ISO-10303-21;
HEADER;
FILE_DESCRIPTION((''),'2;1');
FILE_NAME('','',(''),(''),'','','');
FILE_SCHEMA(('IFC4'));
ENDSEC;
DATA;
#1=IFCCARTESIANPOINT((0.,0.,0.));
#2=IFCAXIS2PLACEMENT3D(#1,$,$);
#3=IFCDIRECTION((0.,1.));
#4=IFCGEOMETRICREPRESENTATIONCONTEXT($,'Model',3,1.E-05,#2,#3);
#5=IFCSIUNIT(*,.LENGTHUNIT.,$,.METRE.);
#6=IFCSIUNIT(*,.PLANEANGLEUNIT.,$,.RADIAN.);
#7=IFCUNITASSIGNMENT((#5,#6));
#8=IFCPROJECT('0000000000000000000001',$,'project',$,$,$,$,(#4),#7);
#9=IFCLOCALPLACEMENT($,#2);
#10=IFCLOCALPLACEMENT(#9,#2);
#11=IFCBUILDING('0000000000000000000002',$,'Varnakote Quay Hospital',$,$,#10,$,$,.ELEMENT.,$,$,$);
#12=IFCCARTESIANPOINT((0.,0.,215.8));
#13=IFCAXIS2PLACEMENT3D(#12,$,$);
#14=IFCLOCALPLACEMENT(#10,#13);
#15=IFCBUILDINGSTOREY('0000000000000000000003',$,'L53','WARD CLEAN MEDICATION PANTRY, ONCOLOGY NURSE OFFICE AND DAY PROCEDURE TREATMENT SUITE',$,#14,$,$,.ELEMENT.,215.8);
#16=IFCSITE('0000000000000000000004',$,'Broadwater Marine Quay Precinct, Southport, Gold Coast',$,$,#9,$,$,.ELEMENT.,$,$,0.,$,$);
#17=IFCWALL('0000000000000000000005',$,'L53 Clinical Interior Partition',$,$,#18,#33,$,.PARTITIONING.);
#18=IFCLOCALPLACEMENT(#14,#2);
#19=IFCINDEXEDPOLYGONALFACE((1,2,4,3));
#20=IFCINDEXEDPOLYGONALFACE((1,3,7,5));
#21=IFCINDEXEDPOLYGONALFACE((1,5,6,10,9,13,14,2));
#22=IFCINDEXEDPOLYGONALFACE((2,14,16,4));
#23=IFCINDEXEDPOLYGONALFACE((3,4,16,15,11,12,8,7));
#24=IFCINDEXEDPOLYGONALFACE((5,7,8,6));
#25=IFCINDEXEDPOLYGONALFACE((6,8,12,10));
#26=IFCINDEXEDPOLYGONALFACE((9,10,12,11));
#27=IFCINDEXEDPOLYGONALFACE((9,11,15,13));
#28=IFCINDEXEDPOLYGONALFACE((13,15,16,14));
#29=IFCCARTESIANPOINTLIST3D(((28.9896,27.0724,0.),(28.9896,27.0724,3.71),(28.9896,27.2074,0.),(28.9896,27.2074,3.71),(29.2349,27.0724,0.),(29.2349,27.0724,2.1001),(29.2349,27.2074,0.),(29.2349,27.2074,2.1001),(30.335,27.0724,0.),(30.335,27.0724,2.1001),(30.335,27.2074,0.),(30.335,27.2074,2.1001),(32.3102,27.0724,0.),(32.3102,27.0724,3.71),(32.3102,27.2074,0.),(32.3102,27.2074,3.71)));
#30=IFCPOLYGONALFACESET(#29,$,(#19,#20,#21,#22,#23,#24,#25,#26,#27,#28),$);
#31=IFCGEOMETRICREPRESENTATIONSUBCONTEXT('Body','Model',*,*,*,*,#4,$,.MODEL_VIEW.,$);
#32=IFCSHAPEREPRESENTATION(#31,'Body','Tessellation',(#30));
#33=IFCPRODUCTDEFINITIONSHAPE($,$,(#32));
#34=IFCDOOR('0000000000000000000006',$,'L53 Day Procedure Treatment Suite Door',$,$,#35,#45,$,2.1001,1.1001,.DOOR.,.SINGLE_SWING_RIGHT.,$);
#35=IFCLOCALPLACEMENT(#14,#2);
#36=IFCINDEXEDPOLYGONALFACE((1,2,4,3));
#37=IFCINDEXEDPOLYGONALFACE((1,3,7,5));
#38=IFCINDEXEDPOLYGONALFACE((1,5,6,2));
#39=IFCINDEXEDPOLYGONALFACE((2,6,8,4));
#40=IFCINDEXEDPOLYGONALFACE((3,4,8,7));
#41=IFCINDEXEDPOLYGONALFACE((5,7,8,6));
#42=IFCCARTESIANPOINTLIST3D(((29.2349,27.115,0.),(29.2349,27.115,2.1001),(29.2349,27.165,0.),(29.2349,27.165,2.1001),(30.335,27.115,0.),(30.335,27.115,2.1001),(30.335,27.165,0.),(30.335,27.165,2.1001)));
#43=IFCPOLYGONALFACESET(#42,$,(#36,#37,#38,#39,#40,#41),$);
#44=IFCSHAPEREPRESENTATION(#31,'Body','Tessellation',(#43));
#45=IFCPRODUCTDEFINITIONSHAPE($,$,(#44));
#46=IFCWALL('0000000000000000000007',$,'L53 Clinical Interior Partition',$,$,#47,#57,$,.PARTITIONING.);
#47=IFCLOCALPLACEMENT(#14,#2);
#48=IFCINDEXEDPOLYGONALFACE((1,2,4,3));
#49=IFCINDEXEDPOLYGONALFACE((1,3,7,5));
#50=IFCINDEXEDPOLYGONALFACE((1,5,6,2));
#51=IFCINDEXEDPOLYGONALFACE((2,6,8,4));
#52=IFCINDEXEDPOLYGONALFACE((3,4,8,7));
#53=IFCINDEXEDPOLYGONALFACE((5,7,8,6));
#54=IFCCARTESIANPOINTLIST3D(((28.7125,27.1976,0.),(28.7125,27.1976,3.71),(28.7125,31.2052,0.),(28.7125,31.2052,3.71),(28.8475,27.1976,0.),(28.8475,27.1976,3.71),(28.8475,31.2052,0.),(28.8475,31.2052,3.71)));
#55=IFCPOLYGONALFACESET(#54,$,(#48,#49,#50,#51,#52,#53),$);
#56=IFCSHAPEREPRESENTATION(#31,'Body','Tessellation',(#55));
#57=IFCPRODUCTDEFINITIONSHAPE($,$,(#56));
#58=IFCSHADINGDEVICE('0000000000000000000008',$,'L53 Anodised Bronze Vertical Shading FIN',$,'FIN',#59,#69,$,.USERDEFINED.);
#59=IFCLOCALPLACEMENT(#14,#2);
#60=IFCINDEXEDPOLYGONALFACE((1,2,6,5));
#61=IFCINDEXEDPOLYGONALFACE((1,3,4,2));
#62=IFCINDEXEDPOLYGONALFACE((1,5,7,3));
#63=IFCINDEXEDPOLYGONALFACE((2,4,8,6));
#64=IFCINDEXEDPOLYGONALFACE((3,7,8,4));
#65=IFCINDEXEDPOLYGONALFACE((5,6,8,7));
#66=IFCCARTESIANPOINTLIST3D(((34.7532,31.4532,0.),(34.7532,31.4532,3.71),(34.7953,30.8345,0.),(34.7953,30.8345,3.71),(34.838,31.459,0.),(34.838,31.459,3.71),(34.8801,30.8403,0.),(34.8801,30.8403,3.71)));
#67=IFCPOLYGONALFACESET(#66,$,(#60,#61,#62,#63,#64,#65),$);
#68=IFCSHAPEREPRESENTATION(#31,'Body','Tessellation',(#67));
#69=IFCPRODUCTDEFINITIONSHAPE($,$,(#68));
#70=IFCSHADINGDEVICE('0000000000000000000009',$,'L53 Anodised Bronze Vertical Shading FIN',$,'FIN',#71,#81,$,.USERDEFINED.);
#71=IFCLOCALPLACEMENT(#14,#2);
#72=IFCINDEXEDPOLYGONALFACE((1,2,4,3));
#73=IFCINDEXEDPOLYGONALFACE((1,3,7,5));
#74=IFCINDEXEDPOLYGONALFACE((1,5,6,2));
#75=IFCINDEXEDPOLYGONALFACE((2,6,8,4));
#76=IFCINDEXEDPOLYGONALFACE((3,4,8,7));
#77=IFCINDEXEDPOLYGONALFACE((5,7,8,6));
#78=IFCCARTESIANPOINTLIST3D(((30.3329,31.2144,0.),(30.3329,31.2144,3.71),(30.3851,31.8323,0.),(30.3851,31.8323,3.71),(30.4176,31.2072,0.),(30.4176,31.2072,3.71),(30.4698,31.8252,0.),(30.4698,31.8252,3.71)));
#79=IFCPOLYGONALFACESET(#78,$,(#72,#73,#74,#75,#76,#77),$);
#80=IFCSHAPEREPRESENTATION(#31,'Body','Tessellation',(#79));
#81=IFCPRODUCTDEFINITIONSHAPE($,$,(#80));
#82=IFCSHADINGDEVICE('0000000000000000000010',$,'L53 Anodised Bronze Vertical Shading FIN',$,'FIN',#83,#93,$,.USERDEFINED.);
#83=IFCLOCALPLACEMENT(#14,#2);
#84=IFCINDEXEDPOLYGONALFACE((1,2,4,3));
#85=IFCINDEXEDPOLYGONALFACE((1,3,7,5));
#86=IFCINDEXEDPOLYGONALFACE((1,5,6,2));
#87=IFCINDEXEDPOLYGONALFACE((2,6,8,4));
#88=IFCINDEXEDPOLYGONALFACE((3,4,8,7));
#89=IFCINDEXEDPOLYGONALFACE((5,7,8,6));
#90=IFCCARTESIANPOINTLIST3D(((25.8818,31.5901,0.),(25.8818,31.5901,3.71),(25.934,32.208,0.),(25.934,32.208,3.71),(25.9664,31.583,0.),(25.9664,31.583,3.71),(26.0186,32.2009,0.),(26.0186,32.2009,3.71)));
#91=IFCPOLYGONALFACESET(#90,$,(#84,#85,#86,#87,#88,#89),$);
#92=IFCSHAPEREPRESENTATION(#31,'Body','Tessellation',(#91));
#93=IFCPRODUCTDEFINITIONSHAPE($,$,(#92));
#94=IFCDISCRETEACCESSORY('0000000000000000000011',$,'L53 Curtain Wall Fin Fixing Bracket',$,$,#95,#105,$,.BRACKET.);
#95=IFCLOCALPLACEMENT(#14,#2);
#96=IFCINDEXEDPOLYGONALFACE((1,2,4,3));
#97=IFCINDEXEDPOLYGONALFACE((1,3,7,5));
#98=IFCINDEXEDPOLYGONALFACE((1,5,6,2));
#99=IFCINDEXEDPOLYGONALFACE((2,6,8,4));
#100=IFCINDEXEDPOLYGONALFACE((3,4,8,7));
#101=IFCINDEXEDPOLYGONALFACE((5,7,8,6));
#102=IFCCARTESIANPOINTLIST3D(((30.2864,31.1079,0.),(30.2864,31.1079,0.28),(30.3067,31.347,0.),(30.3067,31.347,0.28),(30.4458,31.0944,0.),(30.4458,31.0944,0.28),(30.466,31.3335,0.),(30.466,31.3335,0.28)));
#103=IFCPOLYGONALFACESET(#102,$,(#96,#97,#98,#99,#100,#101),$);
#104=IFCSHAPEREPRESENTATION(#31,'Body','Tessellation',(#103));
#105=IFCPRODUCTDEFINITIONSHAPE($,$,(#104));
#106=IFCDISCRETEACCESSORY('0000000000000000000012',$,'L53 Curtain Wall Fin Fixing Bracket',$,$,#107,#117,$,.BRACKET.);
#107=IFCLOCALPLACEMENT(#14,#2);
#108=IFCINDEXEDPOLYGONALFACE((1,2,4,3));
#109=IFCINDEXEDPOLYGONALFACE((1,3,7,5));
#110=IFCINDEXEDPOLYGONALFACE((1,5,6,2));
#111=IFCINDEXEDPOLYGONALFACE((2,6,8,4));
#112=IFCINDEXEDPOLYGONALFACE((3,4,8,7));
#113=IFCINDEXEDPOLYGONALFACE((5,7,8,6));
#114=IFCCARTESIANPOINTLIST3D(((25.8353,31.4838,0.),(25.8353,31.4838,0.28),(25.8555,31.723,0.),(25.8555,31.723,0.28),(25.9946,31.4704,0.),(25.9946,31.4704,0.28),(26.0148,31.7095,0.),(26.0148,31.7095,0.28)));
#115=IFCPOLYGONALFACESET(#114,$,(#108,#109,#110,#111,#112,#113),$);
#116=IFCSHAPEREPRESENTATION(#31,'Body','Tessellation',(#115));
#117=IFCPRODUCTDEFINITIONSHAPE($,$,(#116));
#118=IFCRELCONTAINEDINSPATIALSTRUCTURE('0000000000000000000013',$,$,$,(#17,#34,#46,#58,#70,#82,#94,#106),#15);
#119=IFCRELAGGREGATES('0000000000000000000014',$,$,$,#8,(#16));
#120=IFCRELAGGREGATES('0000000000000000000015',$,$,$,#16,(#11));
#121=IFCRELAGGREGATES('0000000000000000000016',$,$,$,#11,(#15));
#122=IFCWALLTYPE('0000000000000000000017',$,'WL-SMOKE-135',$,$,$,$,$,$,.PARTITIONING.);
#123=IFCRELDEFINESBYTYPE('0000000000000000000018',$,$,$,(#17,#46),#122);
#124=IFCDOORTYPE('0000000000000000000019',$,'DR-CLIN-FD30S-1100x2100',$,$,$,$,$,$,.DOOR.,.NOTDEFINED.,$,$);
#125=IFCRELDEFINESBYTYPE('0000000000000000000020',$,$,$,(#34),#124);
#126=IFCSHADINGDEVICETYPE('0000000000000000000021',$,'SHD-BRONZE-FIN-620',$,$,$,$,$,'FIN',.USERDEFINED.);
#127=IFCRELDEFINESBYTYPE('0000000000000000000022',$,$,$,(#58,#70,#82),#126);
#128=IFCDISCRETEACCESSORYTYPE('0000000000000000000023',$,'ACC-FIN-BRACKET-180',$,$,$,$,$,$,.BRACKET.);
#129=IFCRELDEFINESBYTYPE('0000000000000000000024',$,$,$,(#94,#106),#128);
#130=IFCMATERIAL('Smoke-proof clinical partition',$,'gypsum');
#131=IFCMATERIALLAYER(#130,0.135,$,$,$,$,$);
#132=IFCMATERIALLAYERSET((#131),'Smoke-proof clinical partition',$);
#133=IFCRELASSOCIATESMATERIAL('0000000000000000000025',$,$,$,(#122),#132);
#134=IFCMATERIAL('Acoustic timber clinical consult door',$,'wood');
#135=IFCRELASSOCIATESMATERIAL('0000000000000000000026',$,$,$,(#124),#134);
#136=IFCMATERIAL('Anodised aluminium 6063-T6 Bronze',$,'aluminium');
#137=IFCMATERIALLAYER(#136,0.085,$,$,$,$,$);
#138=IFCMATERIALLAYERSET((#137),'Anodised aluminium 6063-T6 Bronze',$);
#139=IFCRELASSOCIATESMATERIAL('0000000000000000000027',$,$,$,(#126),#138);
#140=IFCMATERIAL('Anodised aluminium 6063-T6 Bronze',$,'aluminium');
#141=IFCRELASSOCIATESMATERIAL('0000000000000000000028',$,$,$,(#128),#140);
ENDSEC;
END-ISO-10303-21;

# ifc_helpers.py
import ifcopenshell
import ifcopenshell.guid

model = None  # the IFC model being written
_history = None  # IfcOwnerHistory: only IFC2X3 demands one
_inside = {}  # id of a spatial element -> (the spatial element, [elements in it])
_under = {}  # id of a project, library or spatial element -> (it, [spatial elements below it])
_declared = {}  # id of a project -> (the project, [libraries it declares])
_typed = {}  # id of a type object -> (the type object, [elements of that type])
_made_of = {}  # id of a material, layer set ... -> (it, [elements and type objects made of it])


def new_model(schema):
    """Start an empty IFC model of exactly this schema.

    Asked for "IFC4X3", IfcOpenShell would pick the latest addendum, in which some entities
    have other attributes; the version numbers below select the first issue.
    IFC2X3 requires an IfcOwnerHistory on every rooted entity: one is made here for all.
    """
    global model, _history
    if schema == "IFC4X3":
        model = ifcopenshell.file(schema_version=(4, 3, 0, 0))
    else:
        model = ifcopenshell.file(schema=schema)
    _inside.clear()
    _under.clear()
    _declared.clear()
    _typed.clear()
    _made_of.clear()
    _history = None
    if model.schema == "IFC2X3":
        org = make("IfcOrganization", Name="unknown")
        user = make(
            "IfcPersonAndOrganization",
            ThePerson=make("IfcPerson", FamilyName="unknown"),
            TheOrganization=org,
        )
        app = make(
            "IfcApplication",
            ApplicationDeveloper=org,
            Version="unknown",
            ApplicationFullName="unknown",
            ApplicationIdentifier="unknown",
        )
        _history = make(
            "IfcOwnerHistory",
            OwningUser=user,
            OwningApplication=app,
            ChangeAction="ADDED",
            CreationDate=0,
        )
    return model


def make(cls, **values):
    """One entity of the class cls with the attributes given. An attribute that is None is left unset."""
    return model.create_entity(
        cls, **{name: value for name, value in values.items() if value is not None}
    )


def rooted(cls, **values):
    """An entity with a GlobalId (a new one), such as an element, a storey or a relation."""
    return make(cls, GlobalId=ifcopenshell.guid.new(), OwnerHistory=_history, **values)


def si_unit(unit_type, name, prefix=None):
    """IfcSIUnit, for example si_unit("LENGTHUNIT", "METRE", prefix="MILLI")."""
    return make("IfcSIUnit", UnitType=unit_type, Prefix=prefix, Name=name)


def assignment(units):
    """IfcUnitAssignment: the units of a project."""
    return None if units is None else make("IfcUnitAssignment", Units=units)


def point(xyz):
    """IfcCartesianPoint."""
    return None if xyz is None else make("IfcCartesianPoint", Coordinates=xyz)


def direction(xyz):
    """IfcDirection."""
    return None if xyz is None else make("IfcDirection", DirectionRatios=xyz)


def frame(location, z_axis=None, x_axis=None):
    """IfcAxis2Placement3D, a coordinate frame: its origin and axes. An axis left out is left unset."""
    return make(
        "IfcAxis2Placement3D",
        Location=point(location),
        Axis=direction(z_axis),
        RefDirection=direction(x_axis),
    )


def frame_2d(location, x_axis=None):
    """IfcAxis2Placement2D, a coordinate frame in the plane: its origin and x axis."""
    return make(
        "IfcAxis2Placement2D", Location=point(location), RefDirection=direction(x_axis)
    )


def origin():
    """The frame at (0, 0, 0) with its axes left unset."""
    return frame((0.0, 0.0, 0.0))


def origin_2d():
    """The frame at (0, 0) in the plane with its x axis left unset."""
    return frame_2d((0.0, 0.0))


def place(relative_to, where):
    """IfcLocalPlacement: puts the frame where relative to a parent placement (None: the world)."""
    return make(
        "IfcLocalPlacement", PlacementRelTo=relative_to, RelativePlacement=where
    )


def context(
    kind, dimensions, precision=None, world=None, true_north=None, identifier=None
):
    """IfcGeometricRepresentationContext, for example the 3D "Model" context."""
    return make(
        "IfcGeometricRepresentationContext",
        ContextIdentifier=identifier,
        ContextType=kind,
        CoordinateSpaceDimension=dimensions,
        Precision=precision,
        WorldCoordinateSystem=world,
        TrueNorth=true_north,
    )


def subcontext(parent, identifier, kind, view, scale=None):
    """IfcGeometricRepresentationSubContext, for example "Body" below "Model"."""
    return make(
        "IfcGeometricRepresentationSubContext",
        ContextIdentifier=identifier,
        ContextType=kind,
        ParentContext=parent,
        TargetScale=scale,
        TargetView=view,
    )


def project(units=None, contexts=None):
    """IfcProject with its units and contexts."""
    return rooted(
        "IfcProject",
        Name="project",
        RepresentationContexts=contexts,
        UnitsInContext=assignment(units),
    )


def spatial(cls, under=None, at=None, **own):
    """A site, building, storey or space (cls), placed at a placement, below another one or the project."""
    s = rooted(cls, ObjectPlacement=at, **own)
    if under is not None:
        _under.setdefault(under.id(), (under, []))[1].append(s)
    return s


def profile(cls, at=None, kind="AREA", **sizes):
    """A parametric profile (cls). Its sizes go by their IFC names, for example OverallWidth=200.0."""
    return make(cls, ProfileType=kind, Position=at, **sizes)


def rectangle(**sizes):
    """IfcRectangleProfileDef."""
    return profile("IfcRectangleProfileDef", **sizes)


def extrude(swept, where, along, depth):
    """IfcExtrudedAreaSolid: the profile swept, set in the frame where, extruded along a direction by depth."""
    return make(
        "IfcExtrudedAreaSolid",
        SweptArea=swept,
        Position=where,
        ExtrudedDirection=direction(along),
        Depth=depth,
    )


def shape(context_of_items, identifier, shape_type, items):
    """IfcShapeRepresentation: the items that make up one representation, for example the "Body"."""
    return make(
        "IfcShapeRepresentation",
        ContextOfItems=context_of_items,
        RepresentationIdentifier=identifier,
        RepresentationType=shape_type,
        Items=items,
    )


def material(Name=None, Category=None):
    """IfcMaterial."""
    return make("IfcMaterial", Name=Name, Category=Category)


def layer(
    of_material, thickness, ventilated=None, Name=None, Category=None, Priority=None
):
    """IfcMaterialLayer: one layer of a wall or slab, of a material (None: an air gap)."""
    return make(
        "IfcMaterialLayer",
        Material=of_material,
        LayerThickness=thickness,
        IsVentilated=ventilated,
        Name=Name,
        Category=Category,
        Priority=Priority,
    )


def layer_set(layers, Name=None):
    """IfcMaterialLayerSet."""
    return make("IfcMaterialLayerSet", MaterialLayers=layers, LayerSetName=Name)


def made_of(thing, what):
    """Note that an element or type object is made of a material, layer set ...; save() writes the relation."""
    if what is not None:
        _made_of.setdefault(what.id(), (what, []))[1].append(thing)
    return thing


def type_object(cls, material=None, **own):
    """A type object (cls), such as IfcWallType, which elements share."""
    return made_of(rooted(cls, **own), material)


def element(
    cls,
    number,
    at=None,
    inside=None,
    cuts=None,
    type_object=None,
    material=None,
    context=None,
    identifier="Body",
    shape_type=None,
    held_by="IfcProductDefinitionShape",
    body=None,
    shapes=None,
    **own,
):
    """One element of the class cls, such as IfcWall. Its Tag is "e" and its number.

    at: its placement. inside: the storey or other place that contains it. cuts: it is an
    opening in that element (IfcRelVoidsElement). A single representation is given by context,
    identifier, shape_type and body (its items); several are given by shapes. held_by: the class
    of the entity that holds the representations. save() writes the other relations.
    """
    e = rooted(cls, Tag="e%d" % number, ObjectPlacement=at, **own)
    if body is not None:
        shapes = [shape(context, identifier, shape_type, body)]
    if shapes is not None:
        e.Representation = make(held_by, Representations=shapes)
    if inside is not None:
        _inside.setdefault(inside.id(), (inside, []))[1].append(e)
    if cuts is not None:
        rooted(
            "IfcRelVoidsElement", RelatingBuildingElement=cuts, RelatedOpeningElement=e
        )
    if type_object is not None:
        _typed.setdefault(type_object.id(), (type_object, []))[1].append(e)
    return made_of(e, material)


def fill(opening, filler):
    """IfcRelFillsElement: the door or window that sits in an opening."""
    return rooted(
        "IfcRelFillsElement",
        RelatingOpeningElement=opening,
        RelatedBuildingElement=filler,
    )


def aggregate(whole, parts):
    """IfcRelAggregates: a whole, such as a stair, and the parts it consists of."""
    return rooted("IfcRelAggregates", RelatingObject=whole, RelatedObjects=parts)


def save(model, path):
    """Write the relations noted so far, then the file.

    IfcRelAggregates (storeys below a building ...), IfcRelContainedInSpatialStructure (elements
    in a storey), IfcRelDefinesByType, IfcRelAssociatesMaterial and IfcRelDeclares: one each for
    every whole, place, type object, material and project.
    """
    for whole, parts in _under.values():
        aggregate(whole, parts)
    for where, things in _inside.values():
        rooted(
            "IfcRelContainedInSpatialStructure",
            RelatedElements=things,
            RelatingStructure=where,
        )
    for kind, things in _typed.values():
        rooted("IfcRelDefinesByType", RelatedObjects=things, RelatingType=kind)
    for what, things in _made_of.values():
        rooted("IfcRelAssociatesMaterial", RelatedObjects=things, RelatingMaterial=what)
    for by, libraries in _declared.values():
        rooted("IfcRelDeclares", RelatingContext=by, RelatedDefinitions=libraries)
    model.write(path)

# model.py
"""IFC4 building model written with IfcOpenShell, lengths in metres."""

from ifc_helpers import new_model, si_unit, direction, frame, frame_2d, origin, origin_2d, place, context, subcontext, project, spatial, rectangle, extrude, material, layer, layer_set, type_object, element, fill, save


model = new_model("IFC4")

# Units and contexts
model_context = context("Model", 3, precision=1e-05, world=origin(), true_north=direction((0.0, 1.0)))
body_context = subcontext(model_context, "Body", "Model", "MODEL_VIEW")
ifc_project = project(units=[si_unit("LENGTHUNIT", "METRE"), si_unit("PLANEANGLEUNIT", "RADIAN")], contexts=[model_context])

# Site, building, storey
site_placement = place(None, origin())
site = spatial("IfcSite", under=ifc_project, at=site_placement, Name="Broadwater Marine Quay Precinct, Southport, Gold Coast", CompositionType="ELEMENT", RefElevation=0.0)
building_placement = place(site_placement, origin())
building = spatial("IfcBuilding", under=site, at=building_placement, Name="Varnakote Quay Hospital", CompositionType="ELEMENT")
storey_placement = place(building_placement, frame((0.0, 0.0, 215.8)))
storey = spatial("IfcBuildingStorey", under=building, at=storey_placement, Name="L53", Description="WARD CLEAN MEDICATION PANTRY, ONCOLOGY NURSE OFFICE AND DAY PROCEDURE TREATMENT SUITE", CompositionType="ELEMENT", Elevation=215.8)

# Shared definitions
ifc_material_1 = material(Name="Smoke-proof clinical partition", Category="gypsum")
ifc_layer_1 = layer(ifc_material_1, 0.135)
ifc_layer_set_1 = layer_set([ifc_layer_1], Name="Smoke-proof clinical partition")
wall_type = type_object("IfcWallType", Name="WL-SMOKE-135", PredefinedType="PARTITIONING", material=ifc_layer_set_1)
ifc_material_2 = material(Name="Acoustic timber clinical consult door", Category="wood")
door_type = type_object("IfcDoorType", Name="DR-CLIN-FD30S-1100x2100", OperationType="NOTDEFINED", PredefinedType="DOOR", material=ifc_material_2)

# Wall, opening, door
wall_1_placement = place(storey_placement, frame((32.3101, 27.1399, 0.0), z_axis=(0.0, 0.0, 1.0), x_axis=(-1.0, 0.0, 0.0)))
wall_1 = element("IfcWall", 1, at=wall_1_placement, inside=storey, type_object=wall_type, Name="L53 Clinical Interior Partition", PredefinedType="PARTITIONING", context=body_context, shape_type="SweptSolid", body=[
    extrude(rectangle(XDim=3.3206, YDim=0.135, at=frame_2d((1.6602, 0.0))), origin(), (0.0, 0.0, 1.0), 3.71),
])
opening_1_placement = place(wall_1_placement, frame((1.9751, 0.0, 0.0)))
opening_1 = element("IfcOpeningElement", 2, at=opening_1_placement, cuts=wall_1, PredefinedType="OPENING", context=body_context, shape_type="SweptSolid", body=[
    extrude(rectangle(XDim=1.1001, YDim=2.1001, at=frame_2d((0.55, 1.05))), frame((0.0, 0.0774, 0.0), z_axis=(0.0, -1.0, 0.0), x_axis=(1.0, 0.0, 0.0)), (0.0, 0.0, 1.0), 0.155),
])
door_1_placement = place(opening_1_placement, origin())
door_1 = element("IfcDoor", 3, at=door_1_placement, inside=storey, type_object=door_type, Name="L53 Day Procedure Treatment Suite Door", OperationType="SINGLE_SWING_RIGHT", OverallHeight=2.1001, OverallWidth=1.1001, PredefinedType="DOOR", context=body_context, shape_type="SweptSolid", body=[
    extrude(rectangle(XDim=1.1001, YDim=2.1001, at=frame_2d((0.55, 1.05))), frame((0.0, 0.0249, 0.0), z_axis=(0.0, -1.0, 0.0), x_axis=(1.0, 0.0, 0.0)), (0.0, 0.0, 1.0), 0.05),
])
fill(opening_1, door_1)

# Wall
wall_2_placement = place(storey_placement, frame((28.78, 27.1975, 0.0), z_axis=(0.0, 0.0, 1.0), x_axis=(0.0, 1.0, 0.0)))
element("IfcWall", 4, at=wall_2_placement, inside=storey, type_object=wall_type, Name="L53 Clinical Interior Partition", PredefinedType="PARTITIONING", context=body_context, shape_type="SweptSolid", body=[
    extrude(rectangle(XDim=4.0076, YDim=0.135, at=frame_2d((2.0039, 0.0))), origin(), (0.0, 0.0, 1.0), 3.71),
])

# Shading devices
ifc_material_3 = material(Name="Anodised aluminium 6063-T6 Bronze", Category="aluminium")
ifc_layer_2 = layer(ifc_material_3, 0.085)
ifc_layer_set_2 = layer_set([ifc_layer_2], Name="Anodised aluminium 6063-T6 Bronze")
shading_device_type = type_object("IfcShadingDeviceType", Name="SHD-BRONZE-FIN-620", ElementType="FIN", PredefinedType="USERDEFINED", material=ifc_layer_set_2)
for number, where, z_axis, x_axis, name in (
    (5, (34.8167, 31.1467, 0.0), (0.0, 0.0, 1.0), (0.067841, -0.997696, 0.0), "L53 Anodised Bronze Vertical Shading FIN"),
    (6, (30.4014, 31.5198, 0.0), (0.0, 0.0, 1.0), (-0.0842, -0.996449, 0.0), "L53 Anodised Bronze Vertical Shading FIN"),
    (7, (25.9502, 31.8955, 0.0), (0.0, 0.0, 1.0), (-0.0842, -0.996449, 0.0), "L53 Anodised Bronze Vertical Shading FIN"),
):
    element("IfcShadingDevice", number, at=place(storey_placement, frame(where, z_axis=z_axis, x_axis=x_axis)), inside=storey, type_object=shading_device_type, Name=name, ObjectType="FIN", PredefinedType="USERDEFINED", context=body_context, shape_type="SweptSolid", body=[
        extrude(rectangle(XDim=0.6201, YDim=0.085, at=origin_2d()), origin(), (0.0, 0.0, 1.0), 3.71),
    ])

# Discrete accessories
ifc_material_4 = material(Name="Anodised aluminium 6063-T6 Bronze", Category="aluminium")
discrete_accessory_type = type_object("IfcDiscreteAccessoryType", Name="ACC-FIN-BRACKET-180", PredefinedType="BRACKET", material=ifc_material_4)
for number, where, z_axis, x_axis, name in (
    (8, (30.3762, 31.2207, 0.0), (0.0, 0.0, 1.0), (-0.996449, 0.0842, 0.0), "L53 Curtain Wall Fin Fixing Bracket"),
    (9, (25.925, 31.5967, 0.0), (0.0, 0.0, 1.0), (-0.996449, 0.0842, 0.0), "L53 Curtain Wall Fin Fixing Bracket"),
):
    element("IfcDiscreteAccessory", number, at=place(storey_placement, frame(where, z_axis=z_axis, x_axis=x_axis)), inside=storey, type_object=discrete_accessory_type, Name=name, PredefinedType="BRACKET", context=body_context, shape_type="SweptSolid", body=[
        extrude(rectangle(XDim=0.1599, YDim=0.24, at=origin_2d()), origin(), (0.0, 0.0, 1.0), 0.28),
    ])

save(model, "model.ifc")
